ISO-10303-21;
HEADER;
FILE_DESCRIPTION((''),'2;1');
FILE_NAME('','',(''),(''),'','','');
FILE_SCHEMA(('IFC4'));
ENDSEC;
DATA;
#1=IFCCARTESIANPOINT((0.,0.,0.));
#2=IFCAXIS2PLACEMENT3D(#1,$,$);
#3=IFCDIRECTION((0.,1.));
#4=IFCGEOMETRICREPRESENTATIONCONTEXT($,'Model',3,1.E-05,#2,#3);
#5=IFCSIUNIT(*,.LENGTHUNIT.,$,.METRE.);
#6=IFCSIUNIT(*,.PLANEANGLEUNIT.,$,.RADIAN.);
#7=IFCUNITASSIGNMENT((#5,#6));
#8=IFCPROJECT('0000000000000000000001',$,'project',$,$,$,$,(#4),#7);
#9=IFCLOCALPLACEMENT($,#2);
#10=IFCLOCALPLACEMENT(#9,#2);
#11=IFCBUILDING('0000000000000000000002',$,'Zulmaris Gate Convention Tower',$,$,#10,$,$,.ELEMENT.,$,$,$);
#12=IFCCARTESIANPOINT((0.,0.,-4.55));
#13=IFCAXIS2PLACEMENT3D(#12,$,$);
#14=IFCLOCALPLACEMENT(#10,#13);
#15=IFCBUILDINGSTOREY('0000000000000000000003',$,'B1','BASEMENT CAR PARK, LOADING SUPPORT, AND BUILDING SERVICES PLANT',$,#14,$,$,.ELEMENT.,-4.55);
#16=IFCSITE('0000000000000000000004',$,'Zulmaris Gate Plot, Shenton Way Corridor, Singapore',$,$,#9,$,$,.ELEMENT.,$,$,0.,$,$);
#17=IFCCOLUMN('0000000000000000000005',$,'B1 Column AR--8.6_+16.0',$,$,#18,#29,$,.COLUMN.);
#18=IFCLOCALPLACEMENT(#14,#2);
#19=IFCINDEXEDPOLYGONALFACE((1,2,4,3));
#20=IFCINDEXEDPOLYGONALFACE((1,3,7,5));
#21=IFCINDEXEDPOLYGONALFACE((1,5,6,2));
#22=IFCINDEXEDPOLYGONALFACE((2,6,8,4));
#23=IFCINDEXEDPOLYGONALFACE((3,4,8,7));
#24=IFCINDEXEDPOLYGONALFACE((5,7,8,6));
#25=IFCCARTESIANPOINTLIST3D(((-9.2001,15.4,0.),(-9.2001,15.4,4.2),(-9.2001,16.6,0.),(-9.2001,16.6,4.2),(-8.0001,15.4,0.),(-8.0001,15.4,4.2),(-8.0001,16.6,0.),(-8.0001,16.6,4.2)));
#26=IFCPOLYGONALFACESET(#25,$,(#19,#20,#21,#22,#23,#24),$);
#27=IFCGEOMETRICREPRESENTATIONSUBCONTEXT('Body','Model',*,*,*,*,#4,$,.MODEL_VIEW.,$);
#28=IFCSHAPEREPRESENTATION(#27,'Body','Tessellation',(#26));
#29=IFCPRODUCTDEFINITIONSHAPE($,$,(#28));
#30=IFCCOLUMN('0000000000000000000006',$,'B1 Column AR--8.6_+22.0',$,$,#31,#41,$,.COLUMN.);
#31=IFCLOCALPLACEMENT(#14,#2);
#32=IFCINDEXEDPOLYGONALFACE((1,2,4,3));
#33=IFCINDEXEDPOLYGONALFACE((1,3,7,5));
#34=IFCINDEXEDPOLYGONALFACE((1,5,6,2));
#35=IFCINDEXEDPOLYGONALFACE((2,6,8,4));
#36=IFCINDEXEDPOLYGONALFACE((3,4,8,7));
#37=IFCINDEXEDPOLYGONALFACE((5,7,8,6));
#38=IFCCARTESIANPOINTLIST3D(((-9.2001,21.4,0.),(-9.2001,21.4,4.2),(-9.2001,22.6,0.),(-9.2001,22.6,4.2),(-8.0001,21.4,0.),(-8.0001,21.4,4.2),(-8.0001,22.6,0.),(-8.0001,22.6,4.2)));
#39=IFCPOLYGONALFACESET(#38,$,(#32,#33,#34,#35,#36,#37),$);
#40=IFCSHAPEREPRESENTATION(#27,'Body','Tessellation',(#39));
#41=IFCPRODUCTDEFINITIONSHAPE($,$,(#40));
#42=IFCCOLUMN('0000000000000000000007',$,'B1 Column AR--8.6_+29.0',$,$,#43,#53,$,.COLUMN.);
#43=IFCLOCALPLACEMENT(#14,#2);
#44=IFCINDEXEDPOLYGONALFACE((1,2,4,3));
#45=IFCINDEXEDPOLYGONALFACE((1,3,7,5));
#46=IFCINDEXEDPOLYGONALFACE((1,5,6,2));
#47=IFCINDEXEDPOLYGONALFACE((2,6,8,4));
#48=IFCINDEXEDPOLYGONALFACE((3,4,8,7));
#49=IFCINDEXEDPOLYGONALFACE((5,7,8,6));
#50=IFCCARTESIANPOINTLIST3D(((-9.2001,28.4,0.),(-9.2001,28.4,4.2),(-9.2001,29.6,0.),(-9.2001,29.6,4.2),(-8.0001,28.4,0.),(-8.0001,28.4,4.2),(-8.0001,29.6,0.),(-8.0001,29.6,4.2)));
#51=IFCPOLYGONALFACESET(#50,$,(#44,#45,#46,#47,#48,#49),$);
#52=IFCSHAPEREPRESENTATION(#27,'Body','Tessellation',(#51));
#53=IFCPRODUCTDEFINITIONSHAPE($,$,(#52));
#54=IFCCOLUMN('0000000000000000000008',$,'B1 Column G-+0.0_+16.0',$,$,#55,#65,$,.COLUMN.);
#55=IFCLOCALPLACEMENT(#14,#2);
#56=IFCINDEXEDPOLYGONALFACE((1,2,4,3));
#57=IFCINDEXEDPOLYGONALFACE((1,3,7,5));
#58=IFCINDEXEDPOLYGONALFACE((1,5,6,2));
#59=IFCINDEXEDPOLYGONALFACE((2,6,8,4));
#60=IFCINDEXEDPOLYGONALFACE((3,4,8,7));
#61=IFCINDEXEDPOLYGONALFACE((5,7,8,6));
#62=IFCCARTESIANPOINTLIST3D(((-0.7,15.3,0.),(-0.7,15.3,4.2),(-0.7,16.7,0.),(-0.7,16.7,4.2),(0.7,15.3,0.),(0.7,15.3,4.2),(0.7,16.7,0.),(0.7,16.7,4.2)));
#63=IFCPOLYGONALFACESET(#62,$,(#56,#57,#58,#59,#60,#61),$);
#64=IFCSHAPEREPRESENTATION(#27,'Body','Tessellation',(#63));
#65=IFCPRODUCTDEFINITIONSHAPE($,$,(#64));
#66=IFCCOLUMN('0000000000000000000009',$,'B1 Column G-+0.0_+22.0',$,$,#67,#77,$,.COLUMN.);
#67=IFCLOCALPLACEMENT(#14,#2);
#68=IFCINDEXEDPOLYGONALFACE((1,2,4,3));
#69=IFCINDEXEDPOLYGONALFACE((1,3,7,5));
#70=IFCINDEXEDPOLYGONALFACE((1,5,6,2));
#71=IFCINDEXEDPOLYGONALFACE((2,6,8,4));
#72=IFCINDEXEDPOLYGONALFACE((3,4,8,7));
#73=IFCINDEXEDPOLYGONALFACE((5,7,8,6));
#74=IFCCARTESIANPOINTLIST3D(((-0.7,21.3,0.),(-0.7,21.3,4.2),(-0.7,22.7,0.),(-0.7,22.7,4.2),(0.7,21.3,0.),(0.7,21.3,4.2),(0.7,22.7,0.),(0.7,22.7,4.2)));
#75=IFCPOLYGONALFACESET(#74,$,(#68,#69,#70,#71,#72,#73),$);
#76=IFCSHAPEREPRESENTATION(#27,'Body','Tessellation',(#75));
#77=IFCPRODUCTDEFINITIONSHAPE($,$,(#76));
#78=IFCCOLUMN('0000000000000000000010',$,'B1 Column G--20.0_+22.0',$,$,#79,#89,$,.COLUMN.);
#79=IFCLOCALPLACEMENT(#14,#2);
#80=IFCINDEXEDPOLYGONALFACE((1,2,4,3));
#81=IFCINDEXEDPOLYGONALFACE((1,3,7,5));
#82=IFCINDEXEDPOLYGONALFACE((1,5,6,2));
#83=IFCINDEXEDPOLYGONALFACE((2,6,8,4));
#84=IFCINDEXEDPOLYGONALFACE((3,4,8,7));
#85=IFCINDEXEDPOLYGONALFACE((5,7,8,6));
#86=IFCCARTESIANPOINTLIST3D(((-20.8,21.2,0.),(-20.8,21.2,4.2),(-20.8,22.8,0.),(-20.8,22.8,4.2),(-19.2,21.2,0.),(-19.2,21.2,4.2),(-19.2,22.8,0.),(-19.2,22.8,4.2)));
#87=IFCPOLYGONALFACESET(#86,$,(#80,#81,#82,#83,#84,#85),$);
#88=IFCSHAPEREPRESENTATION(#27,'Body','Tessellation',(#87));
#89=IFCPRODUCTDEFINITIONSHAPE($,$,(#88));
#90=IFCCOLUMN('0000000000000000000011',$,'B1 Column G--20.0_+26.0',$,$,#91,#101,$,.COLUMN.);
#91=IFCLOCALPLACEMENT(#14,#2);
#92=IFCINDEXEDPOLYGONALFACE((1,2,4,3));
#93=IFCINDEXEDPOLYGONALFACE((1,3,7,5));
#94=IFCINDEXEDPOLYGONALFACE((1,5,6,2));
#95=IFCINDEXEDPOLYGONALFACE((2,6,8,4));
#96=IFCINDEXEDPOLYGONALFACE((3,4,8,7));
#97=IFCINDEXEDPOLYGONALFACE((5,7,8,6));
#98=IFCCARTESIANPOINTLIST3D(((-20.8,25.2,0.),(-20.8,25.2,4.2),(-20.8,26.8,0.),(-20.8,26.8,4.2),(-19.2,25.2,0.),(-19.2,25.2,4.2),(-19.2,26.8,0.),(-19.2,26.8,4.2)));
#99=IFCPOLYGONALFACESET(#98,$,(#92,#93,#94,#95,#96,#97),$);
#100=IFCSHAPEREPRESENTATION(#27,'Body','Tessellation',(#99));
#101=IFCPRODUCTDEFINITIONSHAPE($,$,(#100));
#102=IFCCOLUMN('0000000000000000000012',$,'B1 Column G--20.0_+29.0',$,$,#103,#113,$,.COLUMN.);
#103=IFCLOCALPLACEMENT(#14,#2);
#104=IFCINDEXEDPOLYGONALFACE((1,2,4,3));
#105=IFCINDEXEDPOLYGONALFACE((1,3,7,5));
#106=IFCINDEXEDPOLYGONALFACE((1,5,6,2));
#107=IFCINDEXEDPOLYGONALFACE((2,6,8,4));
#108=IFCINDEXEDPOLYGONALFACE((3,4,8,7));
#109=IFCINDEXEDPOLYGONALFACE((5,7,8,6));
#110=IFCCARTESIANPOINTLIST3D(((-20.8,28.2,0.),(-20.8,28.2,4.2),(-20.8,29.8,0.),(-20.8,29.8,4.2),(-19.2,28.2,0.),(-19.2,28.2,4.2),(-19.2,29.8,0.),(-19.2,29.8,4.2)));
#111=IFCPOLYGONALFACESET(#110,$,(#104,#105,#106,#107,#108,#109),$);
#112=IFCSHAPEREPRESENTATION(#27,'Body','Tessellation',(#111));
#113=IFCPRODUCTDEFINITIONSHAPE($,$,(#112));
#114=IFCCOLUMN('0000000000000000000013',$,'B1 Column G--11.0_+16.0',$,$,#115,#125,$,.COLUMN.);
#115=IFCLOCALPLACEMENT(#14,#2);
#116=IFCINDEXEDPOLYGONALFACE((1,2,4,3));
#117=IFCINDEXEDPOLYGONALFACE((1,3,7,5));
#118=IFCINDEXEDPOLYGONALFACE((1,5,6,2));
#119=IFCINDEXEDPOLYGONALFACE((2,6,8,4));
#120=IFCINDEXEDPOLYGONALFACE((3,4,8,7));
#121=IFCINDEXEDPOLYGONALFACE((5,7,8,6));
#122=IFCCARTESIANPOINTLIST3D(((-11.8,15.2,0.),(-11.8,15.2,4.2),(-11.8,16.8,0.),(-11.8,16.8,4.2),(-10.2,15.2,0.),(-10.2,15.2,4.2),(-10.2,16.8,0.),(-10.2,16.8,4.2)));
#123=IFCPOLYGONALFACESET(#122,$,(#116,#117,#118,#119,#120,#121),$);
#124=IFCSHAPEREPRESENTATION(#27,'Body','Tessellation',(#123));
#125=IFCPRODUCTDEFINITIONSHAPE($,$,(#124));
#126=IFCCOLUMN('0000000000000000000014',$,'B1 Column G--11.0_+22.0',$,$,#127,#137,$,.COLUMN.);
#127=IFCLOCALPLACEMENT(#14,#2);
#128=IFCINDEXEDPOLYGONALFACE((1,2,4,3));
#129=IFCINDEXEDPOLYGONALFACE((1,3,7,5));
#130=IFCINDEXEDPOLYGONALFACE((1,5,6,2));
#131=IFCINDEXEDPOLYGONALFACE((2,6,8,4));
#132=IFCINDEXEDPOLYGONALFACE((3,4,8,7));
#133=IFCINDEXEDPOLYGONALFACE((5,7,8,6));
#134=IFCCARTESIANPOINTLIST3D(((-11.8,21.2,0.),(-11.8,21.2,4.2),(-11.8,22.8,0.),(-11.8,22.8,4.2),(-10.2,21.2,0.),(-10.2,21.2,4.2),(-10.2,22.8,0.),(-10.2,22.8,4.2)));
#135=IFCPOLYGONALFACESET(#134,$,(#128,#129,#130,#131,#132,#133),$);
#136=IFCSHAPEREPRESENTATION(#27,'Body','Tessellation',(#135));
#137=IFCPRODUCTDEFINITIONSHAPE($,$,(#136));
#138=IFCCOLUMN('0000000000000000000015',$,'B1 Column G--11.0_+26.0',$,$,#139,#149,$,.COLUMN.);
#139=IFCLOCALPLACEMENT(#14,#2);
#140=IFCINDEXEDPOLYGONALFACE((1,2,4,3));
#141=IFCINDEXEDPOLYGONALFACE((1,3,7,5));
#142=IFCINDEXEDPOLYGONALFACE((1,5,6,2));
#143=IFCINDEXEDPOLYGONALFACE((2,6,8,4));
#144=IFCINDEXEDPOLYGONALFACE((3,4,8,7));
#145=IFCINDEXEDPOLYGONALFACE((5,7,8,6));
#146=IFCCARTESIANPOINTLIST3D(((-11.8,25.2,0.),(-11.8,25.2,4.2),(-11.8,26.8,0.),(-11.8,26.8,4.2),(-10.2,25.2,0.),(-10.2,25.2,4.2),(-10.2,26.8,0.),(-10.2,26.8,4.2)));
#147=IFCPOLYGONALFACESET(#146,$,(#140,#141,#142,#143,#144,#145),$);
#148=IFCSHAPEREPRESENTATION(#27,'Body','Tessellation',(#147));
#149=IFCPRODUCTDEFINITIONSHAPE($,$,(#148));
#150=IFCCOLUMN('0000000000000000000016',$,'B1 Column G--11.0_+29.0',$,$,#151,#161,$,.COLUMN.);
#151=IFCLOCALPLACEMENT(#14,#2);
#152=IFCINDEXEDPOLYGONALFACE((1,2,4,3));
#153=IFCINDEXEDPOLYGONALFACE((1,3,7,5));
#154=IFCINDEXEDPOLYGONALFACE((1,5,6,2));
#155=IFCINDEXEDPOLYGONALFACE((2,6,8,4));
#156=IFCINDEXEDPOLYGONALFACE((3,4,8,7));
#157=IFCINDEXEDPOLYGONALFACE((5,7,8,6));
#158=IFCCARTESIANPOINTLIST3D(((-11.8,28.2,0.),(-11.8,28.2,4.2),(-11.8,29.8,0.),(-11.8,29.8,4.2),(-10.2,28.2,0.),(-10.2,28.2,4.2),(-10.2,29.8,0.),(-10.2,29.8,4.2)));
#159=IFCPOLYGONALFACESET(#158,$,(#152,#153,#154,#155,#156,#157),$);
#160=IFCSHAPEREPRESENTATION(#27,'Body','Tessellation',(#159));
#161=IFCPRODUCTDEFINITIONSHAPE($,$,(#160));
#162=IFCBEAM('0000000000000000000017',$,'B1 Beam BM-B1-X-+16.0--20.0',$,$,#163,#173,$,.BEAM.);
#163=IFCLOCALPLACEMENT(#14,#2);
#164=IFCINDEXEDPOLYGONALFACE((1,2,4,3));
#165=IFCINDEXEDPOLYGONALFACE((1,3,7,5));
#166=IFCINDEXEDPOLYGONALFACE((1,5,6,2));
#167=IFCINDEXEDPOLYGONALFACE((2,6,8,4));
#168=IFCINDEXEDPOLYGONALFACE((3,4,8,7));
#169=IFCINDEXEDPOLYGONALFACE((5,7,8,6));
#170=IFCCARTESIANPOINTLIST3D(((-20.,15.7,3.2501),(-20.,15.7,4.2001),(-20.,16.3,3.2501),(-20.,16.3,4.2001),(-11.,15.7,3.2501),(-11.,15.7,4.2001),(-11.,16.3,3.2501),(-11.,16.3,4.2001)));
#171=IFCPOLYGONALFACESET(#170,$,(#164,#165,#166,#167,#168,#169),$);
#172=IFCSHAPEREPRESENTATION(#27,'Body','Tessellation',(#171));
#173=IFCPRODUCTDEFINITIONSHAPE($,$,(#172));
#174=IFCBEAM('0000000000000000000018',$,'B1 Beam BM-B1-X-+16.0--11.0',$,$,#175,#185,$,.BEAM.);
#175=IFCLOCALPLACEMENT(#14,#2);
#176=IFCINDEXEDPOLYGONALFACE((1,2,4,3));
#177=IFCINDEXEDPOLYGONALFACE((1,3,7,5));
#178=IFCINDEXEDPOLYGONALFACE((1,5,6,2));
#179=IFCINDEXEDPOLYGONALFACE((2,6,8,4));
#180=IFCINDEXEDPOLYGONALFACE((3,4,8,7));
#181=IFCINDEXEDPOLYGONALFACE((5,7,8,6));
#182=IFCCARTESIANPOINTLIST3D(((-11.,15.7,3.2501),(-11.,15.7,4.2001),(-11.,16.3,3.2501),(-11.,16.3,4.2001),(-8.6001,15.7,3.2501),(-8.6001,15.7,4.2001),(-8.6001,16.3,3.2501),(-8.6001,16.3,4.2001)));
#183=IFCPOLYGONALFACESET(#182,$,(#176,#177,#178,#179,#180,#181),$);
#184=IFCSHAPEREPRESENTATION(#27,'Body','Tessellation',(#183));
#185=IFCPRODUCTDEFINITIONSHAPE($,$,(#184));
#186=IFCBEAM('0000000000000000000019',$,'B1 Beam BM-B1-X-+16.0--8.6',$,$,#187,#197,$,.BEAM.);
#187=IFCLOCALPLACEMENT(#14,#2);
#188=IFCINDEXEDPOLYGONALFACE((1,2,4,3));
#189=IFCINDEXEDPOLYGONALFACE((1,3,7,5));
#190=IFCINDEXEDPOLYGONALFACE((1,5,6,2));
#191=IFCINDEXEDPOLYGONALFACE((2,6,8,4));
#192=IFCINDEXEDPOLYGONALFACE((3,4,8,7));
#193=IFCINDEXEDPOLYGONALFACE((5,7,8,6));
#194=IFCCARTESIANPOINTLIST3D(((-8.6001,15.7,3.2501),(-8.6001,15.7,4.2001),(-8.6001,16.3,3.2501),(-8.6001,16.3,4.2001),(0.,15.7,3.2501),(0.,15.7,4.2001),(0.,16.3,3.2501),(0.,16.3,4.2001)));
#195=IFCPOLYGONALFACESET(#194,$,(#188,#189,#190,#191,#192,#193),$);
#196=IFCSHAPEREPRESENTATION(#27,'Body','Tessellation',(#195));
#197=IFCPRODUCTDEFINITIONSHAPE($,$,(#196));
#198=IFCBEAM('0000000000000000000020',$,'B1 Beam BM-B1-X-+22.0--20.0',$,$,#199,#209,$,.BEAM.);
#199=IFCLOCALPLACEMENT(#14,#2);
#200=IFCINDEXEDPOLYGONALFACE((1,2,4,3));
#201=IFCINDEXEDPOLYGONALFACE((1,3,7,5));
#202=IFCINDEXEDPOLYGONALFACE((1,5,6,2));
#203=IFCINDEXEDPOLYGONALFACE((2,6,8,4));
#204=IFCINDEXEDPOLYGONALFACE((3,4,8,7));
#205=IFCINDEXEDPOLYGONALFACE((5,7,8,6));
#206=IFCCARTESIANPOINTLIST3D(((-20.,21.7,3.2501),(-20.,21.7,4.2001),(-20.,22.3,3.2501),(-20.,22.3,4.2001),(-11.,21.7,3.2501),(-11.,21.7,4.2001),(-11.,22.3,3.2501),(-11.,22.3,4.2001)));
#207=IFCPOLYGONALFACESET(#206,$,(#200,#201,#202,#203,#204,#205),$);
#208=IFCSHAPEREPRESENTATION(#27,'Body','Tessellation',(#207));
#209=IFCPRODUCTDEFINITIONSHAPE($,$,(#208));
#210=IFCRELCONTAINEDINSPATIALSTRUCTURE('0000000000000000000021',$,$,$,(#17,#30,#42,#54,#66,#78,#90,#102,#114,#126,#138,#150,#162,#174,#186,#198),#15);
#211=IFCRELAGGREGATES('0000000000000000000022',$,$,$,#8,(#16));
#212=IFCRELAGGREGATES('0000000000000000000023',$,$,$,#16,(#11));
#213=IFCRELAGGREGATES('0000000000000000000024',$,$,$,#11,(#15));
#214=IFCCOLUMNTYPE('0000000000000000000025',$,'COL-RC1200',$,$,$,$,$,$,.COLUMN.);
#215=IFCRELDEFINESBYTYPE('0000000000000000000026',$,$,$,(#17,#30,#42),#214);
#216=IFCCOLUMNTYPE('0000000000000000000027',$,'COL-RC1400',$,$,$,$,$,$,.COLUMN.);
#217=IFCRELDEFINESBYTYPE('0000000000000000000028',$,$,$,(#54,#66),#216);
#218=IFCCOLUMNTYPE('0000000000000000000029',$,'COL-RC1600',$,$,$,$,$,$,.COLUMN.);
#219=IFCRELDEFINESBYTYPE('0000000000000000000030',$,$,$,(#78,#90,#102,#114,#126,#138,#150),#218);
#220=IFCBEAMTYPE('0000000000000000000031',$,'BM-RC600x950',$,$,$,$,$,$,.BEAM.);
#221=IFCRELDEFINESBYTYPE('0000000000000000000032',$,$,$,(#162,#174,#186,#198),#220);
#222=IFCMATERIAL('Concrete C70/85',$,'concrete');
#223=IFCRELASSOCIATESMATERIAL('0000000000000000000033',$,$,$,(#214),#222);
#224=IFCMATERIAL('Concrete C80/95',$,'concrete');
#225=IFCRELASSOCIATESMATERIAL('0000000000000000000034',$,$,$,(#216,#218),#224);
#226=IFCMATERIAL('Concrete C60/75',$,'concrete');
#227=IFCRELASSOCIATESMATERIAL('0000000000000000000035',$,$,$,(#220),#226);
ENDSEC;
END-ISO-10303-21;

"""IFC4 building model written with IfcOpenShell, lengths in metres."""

from ifc_helpers import new_model, si_unit, direction, frame, origin, origin_2d, place, context, subcontext, project, spatial, rectangle, extrude, material, material_profile, profile_set, type_object, element, save


model = new_model("IFC4")

# Units and contexts
model_context = context("Model", 3, precision=1e-05, world=origin(), true_north=direction((0.0, 1.0)))
body_context = subcontext(model_context, "Body", "Model", "MODEL_VIEW")
ifc_project = project(units=[si_unit("LENGTHUNIT", "METRE"), si_unit("PLANEANGLEUNIT", "RADIAN")], contexts=[model_context])

# Site, building, storey
site_placement = place(None, origin())
site = spatial("IfcSite", under=ifc_project, at=site_placement, Name="Zulmaris Gate Plot, Shenton Way Corridor, Singapore", CompositionType="ELEMENT", RefElevation=0.0)
building_placement = place(site_placement, origin())
building = spatial("IfcBuilding", under=site, at=building_placement, Name="Zulmaris Gate Convention Tower", CompositionType="ELEMENT")
storey_placement = place(building_placement, frame((0.0, 0.0, -4.55)))
storey = spatial("IfcBuildingStorey", under=building, at=storey_placement, Name="B1", Description="BASEMENT CAR PARK, LOADING SUPPORT, AND BUILDING SERVICES PLANT", CompositionType="ELEMENT", Elevation=-4.55)

# Columns
ifc_material_1 = material(Name="Concrete C70/85", Category="concrete")
ifc_material_profile_1 = material_profile(ifc_material_1, rectangle(XDim=1.2, YDim=1.2, at=origin_2d()), Name="RC COL 1200x1200")
ifc_profile_set_1 = profile_set([ifc_material_profile_1], Name="Concrete C70/85")
column_type_1 = type_object("IfcColumnType", Name="COL-RC1200", PredefinedType="COLUMN", material=ifc_profile_set_1)
for number, where, z_axis, x_axis, name in (
    (1, (-8.6001, 16.0, 0.0), (0.0, 0.0, 1.0), (1.0, 0.0, 0.0), "B1 Column AR--8.6_+16.0"),
    (2, (-8.6001, 22.0, 0.0), (0.0, 0.0, 1.0), (1.0, 0.0, 0.0), "B1 Column AR--8.6_+22.0"),
    (3, (-8.6001, 29.0, 0.0), (0.0, 0.0, 1.0), (1.0, 0.0, 0.0), "B1 Column AR--8.6_+29.0"),
):
    element("IfcColumn", number, at=place(storey_placement, frame(where, z_axis=z_axis, x_axis=x_axis)), inside=storey, type_object=column_type_1, Name=name, PredefinedType="COLUMN", context=body_context, shape_type="SweptSolid", body=[
        extrude(rectangle(XDim=1.2, YDim=1.2, at=origin_2d()), origin(), (0.0, 0.0, 1.0), 4.2),
    ])
ifc_material_2 = material(Name="Concrete C80/95", Category="concrete")
ifc_material_profile_2 = material_profile(ifc_material_2, rectangle(XDim=1.3999, YDim=1.3999, at=origin_2d()), Name="RC COL 1400x1400")
ifc_profile_set_2 = profile_set([ifc_material_profile_2], Name="Concrete C80/95")
column_type_2 = type_object("IfcColumnType", Name="COL-RC1400", PredefinedType="COLUMN", material=ifc_profile_set_2)
for number, where, z_axis, x_axis, name in (
    (4, (0.0, 16.0, 0.0), (0.0, 0.0, 1.0), (1.0, 0.0, 0.0), "B1 Column G-+0.0_+16.0"),
    (5, (0.0, 22.0, 0.0), (0.0, 0.0, 1.0), (1.0, 0.0, 0.0), "B1 Column G-+0.0_+22.0"),
):
    element("IfcColumn", number, at=place(storey_placement, frame(where, z_axis=z_axis, x_axis=x_axis)), inside=storey, type_object=column_type_2, Name=name, PredefinedType="COLUMN", context=body_context, shape_type="SweptSolid", body=[
        extrude(rectangle(XDim=1.3999, YDim=1.3999, at=origin_2d()), origin(), (0.0, 0.0, 1.0), 4.2),
    ])
ifc_material_profile_3 = material_profile(ifc_material_2, rectangle(XDim=1.6001, YDim=1.6001, at=origin_2d()), Name="RC COL 1600x1600")
ifc_profile_set_3 = profile_set([ifc_material_profile_3], Name="Concrete C80/95")
column_type_3 = type_object("IfcColumnType", Name="COL-RC1600", PredefinedType="COLUMN", material=ifc_profile_set_3)
for number, where, z_axis, x_axis, name in (
    (6, (-20.0, 22.0, 0.0), (0.0, 0.0, 1.0), (1.0, 0.0, 0.0), "B1 Column G--20.0_+22.0"),
    (7, (-20.0, 26.0, 0.0), (0.0, 0.0, 1.0), (1.0, 0.0, 0.0), "B1 Column G--20.0_+26.0"),
    (8, (-20.0, 29.0, 0.0), (0.0, 0.0, 1.0), (1.0, 0.0, 0.0), "B1 Column G--20.0_+29.0"),
    (9, (-11.0, 16.0, 0.0), (0.0, 0.0, 1.0), (1.0, 0.0, 0.0), "B1 Column G--11.0_+16.0"),
    (10, (-11.0, 22.0, 0.0), (0.0, 0.0, 1.0), (1.0, 0.0, 0.0), "B1 Column G--11.0_+22.0"),
    (11, (-11.0, 26.0, 0.0), (0.0, 0.0, 1.0), (1.0, 0.0, 0.0), "B1 Column G--11.0_+26.0"),
    (12, (-11.0, 29.0, 0.0), (0.0, 0.0, 1.0), (1.0, 0.0, 0.0), "B1 Column G--11.0_+29.0"),
):
    element("IfcColumn", number, at=place(storey_placement, frame(where, z_axis=z_axis, x_axis=x_axis)), inside=storey, type_object=column_type_3, Name=name, PredefinedType="COLUMN", context=body_context, shape_type="SweptSolid", body=[
        extrude(rectangle(XDim=1.6001, YDim=1.6001, at=origin_2d()), origin(), (0.0, 0.0, 1.0), 4.2),
    ])

# Beams
ifc_material_3 = material(Name="Concrete C60/75", Category="concrete")
ifc_material_profile_4 = material_profile(ifc_material_3, rectangle(XDim=0.6001, YDim=0.95, at=origin_2d()), Name="RC BEAM 600x950")
ifc_profile_set_4 = profile_set([ifc_material_profile_4], Name="Concrete C60/75")
beam_type = type_object("IfcBeamType", Name="BM-RC600x950", PredefinedType="BEAM", material=ifc_profile_set_4)
beam_1_placement = place(storey_placement, frame((-20.0, 16.0, 3.7251), z_axis=(1.0, 0.0, 0.0), x_axis=(0.0, 1.0, 0.0)))
element("IfcBeam", 13, at=beam_1_placement, inside=storey, type_object=beam_type, Name="B1 Beam BM-B1-X-+16.0--20.0", PredefinedType="BEAM", context=body_context, shape_type="SweptSolid", body=[
    extrude(rectangle(XDim=0.6001, YDim=0.95, at=origin_2d()), origin(), (0.0, 0.0, 1.0), 9.0),
])
beam_2_placement = place(storey_placement, frame((-11.0, 16.0, 3.7251), z_axis=(1.0, 0.0, 0.0), x_axis=(0.0, 1.0, 0.0)))
element("IfcBeam", 14, at=beam_2_placement, inside=storey, type_object=beam_type, Name="B1 Beam BM-B1-X-+16.0--11.0", PredefinedType="BEAM", context=body_context, shape_type="SweptSolid", body=[
    extrude(rectangle(XDim=0.6001, YDim=0.95, at=origin_2d()), origin(), (0.0, 0.0, 1.0), 2.3999),
])
beam_3_placement = place(storey_placement, frame((-8.6001, 16.0, 3.7251), z_axis=(1.0, 0.0, 0.0), x_axis=(0.0, 1.0, 0.0)))
element("IfcBeam", 15, at=beam_3_placement, inside=storey, type_object=beam_type, Name="B1 Beam BM-B1-X-+16.0--8.6", PredefinedType="BEAM", context=body_context, shape_type="SweptSolid", body=[
    extrude(rectangle(XDim=0.6001, YDim=0.95, at=origin_2d()), origin(), (0.0, 0.0, 1.0), 8.6001),
])
beam_4_placement = place(storey_placement, frame((-20.0, 22.0, 3.7251), z_axis=(1.0, 0.0, 0.0), x_axis=(0.0, 1.0, 0.0)))
element("IfcBeam", 16, at=beam_4_placement, inside=storey, type_object=beam_type, Name="B1 Beam BM-B1-X-+22.0--20.0", PredefinedType="BEAM", context=body_context, shape_type="SweptSolid", body=[
    extrude(rectangle(XDim=0.6001, YDim=0.95, at=origin_2d()), origin(), (0.0, 0.0, 1.0), 9.0),
])

save(model, "model.ifc")
